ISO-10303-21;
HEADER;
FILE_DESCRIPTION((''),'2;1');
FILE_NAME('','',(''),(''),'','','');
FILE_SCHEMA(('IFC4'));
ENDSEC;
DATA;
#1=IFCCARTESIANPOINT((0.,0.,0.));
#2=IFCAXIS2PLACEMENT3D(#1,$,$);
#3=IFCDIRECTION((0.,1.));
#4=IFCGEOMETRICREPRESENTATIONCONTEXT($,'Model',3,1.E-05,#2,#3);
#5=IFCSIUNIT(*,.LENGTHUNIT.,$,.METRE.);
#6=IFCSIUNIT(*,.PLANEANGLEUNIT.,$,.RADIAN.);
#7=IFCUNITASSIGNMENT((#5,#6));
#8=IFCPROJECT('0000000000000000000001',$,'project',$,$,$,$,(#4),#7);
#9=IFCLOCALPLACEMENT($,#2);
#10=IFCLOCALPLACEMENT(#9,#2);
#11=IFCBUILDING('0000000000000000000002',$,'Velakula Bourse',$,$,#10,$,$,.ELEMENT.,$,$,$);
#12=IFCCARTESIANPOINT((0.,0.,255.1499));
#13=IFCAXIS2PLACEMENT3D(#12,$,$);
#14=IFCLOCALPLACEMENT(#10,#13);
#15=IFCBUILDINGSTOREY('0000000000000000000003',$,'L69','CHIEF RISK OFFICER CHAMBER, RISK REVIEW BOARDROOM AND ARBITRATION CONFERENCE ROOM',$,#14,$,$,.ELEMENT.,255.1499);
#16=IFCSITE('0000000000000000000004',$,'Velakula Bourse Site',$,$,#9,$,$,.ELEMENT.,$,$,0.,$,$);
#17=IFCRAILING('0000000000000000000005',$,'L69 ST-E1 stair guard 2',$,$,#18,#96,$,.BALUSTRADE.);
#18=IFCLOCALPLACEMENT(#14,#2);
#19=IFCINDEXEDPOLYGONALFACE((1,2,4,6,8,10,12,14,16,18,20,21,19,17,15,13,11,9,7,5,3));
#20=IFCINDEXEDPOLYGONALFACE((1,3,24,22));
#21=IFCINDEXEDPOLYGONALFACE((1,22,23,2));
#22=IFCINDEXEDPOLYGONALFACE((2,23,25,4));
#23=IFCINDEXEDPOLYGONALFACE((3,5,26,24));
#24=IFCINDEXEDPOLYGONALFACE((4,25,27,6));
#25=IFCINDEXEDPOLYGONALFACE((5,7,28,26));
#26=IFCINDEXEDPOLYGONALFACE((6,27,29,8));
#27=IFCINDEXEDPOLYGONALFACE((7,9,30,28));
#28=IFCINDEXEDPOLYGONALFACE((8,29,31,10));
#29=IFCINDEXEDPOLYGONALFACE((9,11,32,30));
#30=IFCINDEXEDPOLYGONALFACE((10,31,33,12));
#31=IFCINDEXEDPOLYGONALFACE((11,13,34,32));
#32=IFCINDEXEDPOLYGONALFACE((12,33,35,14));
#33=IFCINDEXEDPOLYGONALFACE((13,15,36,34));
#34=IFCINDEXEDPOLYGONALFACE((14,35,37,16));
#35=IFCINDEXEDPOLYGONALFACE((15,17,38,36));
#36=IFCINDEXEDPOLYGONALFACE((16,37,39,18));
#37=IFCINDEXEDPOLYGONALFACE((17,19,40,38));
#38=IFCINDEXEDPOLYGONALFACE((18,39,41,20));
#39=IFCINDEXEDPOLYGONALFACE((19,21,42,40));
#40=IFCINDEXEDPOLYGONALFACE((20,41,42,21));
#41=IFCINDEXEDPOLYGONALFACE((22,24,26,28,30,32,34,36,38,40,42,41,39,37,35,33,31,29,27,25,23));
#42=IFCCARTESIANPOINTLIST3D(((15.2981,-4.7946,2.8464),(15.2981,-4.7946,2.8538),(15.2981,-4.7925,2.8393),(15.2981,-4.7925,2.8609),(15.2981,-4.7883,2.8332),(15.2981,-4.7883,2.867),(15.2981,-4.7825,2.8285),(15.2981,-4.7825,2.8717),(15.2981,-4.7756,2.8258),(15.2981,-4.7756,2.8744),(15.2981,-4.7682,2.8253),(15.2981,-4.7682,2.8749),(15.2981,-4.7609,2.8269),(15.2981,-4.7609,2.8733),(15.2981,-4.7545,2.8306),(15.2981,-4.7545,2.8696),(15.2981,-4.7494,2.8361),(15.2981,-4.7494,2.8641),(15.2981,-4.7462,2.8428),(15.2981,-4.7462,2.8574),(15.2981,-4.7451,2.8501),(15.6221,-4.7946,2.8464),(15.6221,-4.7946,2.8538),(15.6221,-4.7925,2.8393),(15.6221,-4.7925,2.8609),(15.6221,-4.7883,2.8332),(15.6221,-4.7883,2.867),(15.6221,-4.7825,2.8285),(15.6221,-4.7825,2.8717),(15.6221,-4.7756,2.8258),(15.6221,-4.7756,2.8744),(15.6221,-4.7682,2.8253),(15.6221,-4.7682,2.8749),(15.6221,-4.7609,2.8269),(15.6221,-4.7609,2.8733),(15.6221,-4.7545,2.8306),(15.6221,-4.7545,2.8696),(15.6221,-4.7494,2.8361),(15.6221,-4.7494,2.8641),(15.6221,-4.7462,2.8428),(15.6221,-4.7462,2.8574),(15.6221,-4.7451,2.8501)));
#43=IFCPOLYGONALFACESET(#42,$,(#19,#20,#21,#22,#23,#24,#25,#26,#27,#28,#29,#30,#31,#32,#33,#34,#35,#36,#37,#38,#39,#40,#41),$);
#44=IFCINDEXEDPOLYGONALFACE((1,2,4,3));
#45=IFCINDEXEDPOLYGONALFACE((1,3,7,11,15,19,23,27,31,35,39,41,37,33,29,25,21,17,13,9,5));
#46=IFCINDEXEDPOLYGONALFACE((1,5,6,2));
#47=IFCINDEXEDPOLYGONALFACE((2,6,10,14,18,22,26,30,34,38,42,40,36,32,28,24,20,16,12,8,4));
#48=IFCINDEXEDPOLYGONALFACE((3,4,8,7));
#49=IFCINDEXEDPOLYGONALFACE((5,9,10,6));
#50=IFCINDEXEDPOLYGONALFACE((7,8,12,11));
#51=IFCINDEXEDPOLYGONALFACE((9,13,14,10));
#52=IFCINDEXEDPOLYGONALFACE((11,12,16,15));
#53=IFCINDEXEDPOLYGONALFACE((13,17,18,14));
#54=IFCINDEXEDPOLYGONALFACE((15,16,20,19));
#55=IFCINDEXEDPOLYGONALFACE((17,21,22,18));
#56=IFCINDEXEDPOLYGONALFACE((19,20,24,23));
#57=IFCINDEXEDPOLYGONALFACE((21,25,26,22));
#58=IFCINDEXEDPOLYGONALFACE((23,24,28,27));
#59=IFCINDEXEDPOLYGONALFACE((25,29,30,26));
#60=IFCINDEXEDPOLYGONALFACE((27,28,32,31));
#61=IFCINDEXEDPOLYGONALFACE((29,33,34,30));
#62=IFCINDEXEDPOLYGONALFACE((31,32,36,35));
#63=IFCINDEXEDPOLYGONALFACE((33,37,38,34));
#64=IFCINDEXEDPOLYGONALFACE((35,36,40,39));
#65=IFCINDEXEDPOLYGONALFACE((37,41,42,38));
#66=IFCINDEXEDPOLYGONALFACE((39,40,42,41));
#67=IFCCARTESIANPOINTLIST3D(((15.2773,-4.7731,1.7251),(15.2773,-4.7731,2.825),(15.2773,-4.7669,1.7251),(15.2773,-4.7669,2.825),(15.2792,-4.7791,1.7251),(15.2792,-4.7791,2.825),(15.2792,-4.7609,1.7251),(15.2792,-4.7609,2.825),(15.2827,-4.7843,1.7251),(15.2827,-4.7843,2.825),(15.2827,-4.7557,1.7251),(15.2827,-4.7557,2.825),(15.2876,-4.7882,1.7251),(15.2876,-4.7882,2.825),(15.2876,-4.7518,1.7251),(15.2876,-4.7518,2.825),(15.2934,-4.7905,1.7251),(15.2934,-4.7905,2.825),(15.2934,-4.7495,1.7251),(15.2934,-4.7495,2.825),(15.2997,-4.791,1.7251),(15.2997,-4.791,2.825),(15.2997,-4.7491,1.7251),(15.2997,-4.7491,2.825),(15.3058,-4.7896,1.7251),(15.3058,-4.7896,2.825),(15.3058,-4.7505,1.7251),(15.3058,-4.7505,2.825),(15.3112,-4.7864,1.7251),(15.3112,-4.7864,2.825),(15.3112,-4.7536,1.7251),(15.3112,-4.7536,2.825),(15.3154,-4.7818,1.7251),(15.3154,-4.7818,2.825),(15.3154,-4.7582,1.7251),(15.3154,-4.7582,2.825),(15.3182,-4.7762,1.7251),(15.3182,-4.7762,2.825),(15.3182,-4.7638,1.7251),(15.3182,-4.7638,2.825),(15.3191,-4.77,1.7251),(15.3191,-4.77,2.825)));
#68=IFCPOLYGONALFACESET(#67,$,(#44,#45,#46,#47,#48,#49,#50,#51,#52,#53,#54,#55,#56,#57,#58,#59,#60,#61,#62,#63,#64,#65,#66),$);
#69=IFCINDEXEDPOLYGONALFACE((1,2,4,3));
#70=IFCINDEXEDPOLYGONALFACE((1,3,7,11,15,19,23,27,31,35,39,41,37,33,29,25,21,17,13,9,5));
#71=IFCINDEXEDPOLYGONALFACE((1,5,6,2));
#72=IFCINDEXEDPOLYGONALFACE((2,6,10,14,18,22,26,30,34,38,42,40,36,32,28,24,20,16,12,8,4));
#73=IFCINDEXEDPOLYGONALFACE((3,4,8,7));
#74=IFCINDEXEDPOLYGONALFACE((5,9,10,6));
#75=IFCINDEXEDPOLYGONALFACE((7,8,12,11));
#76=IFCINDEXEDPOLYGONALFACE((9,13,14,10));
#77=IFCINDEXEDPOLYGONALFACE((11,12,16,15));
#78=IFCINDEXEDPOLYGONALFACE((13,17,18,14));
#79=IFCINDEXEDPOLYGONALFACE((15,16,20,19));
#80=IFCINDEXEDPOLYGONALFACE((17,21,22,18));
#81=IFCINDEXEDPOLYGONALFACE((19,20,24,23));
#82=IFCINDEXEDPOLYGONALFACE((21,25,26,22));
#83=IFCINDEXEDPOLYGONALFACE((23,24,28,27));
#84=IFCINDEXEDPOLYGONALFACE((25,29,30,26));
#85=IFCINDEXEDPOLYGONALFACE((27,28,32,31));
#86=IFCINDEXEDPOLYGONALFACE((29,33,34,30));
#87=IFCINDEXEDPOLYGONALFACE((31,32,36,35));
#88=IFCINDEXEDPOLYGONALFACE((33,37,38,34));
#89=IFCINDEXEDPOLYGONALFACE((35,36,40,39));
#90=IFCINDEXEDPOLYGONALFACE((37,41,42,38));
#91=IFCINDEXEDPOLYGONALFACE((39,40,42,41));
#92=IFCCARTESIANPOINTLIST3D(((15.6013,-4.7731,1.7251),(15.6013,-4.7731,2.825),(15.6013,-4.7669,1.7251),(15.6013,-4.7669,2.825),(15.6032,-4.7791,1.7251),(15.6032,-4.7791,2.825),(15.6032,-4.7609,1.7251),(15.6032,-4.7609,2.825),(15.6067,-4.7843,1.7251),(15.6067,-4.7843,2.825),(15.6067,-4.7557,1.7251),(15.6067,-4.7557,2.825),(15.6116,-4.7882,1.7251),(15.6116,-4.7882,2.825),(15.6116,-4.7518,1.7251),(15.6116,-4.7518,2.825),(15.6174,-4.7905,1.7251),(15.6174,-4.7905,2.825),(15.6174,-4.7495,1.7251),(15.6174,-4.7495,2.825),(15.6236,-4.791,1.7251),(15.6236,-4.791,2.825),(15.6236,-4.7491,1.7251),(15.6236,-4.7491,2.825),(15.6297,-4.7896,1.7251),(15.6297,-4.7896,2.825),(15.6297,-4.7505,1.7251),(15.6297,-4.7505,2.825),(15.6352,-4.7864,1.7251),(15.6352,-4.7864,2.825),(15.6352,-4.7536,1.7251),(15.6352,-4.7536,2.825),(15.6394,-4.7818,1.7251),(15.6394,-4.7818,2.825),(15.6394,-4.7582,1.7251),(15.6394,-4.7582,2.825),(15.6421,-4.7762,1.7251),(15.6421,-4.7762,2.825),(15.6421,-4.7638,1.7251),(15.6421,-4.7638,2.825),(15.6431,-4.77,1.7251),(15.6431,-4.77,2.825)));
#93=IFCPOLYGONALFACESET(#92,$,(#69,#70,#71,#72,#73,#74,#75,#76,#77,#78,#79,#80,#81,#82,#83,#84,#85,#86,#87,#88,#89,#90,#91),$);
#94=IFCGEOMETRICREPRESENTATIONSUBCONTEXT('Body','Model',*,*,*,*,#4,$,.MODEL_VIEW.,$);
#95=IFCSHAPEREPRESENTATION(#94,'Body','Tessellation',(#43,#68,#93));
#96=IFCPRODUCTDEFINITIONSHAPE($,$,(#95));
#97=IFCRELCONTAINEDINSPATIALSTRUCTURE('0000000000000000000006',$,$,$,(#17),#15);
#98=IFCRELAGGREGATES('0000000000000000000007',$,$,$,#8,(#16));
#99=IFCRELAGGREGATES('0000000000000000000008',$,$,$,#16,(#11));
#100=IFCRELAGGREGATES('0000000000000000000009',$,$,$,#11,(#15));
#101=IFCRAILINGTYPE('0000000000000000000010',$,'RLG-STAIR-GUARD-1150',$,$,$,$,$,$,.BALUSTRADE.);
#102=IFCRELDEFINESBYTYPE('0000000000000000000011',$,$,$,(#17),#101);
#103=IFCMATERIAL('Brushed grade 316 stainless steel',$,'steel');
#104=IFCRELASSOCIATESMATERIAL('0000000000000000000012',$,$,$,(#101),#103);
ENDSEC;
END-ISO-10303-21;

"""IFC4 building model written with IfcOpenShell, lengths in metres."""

from ifc_helpers import new_model, si_unit, direction, frame, origin, origin_2d, place, context, subcontext, project, spatial, circle, extrude, material, type_object, element, save


model = new_model("IFC4")

# Units and contexts
model_context = context("Model", 3, precision=1e-05, world=origin(), true_north=direction((0.0, 1.0)))
body_context = subcontext(model_context, "Body", "Model", "MODEL_VIEW")
ifc_project = project(units=[si_unit("LENGTHUNIT", "METRE"), si_unit("PLANEANGLEUNIT", "RADIAN")], contexts=[model_context])

# Site, building, storey
site_placement = place(None, origin())
site = spatial("IfcSite", under=ifc_project, at=site_placement, Name="Velakula Bourse Site", CompositionType="ELEMENT", RefElevation=0.0)
building_placement = place(site_placement, origin())
building = spatial("IfcBuilding", under=site, at=building_placement, Name="Velakula Bourse", CompositionType="ELEMENT")
storey_placement = place(building_placement, frame((0.0, 0.0, 255.1499)))
storey = spatial("IfcBuildingStorey", under=building, at=storey_placement, Name="L69", Description="CHIEF RISK OFFICER CHAMBER, RISK REVIEW BOARDROOM AND ARBITRATION CONFERENCE ROOM", CompositionType="ELEMENT", Elevation=255.1499)

# Shared definitions
ifc_material_1 = material(Name="Brushed grade 316 stainless steel", Category="steel")

# Railing
railing_type_1 = type_object("IfcRailingType", Name="RLG-STAIR-GUARD-1150", PredefinedType="BALUSTRADE", material=ifc_material_1)
railing_1_placement = place(storey_placement, frame((15.2981, -4.77, 1.7251)))
element("IfcRailing", 1, at=railing_1_placement, inside=storey, type_object=railing_type_1, Name="L69 ST-E1 stair guard 2", PredefinedType="BALUSTRADE", context=body_context, shape_type="SweptSolid", body=[
    extrude(circle(Radius=0.0249, at=origin_2d()), frame((0.0, 0.0, 1.125), z_axis=(1.0, 0.0, 0.0), x_axis=(0.0, 1.0, 0.0)), (0.0, 0.0, 1.0), 0.324),
    extrude(circle(Radius=0.021, at=origin_2d()), origin(), (0.0, 0.0, 1.0), 1.0999),
    extrude(circle(Radius=0.021, at=origin_2d()), frame((0.324, 0.0, 0.0)), (0.0, 0.0, 1.0), 1.0999),
])

save(model, "model.ifc")
